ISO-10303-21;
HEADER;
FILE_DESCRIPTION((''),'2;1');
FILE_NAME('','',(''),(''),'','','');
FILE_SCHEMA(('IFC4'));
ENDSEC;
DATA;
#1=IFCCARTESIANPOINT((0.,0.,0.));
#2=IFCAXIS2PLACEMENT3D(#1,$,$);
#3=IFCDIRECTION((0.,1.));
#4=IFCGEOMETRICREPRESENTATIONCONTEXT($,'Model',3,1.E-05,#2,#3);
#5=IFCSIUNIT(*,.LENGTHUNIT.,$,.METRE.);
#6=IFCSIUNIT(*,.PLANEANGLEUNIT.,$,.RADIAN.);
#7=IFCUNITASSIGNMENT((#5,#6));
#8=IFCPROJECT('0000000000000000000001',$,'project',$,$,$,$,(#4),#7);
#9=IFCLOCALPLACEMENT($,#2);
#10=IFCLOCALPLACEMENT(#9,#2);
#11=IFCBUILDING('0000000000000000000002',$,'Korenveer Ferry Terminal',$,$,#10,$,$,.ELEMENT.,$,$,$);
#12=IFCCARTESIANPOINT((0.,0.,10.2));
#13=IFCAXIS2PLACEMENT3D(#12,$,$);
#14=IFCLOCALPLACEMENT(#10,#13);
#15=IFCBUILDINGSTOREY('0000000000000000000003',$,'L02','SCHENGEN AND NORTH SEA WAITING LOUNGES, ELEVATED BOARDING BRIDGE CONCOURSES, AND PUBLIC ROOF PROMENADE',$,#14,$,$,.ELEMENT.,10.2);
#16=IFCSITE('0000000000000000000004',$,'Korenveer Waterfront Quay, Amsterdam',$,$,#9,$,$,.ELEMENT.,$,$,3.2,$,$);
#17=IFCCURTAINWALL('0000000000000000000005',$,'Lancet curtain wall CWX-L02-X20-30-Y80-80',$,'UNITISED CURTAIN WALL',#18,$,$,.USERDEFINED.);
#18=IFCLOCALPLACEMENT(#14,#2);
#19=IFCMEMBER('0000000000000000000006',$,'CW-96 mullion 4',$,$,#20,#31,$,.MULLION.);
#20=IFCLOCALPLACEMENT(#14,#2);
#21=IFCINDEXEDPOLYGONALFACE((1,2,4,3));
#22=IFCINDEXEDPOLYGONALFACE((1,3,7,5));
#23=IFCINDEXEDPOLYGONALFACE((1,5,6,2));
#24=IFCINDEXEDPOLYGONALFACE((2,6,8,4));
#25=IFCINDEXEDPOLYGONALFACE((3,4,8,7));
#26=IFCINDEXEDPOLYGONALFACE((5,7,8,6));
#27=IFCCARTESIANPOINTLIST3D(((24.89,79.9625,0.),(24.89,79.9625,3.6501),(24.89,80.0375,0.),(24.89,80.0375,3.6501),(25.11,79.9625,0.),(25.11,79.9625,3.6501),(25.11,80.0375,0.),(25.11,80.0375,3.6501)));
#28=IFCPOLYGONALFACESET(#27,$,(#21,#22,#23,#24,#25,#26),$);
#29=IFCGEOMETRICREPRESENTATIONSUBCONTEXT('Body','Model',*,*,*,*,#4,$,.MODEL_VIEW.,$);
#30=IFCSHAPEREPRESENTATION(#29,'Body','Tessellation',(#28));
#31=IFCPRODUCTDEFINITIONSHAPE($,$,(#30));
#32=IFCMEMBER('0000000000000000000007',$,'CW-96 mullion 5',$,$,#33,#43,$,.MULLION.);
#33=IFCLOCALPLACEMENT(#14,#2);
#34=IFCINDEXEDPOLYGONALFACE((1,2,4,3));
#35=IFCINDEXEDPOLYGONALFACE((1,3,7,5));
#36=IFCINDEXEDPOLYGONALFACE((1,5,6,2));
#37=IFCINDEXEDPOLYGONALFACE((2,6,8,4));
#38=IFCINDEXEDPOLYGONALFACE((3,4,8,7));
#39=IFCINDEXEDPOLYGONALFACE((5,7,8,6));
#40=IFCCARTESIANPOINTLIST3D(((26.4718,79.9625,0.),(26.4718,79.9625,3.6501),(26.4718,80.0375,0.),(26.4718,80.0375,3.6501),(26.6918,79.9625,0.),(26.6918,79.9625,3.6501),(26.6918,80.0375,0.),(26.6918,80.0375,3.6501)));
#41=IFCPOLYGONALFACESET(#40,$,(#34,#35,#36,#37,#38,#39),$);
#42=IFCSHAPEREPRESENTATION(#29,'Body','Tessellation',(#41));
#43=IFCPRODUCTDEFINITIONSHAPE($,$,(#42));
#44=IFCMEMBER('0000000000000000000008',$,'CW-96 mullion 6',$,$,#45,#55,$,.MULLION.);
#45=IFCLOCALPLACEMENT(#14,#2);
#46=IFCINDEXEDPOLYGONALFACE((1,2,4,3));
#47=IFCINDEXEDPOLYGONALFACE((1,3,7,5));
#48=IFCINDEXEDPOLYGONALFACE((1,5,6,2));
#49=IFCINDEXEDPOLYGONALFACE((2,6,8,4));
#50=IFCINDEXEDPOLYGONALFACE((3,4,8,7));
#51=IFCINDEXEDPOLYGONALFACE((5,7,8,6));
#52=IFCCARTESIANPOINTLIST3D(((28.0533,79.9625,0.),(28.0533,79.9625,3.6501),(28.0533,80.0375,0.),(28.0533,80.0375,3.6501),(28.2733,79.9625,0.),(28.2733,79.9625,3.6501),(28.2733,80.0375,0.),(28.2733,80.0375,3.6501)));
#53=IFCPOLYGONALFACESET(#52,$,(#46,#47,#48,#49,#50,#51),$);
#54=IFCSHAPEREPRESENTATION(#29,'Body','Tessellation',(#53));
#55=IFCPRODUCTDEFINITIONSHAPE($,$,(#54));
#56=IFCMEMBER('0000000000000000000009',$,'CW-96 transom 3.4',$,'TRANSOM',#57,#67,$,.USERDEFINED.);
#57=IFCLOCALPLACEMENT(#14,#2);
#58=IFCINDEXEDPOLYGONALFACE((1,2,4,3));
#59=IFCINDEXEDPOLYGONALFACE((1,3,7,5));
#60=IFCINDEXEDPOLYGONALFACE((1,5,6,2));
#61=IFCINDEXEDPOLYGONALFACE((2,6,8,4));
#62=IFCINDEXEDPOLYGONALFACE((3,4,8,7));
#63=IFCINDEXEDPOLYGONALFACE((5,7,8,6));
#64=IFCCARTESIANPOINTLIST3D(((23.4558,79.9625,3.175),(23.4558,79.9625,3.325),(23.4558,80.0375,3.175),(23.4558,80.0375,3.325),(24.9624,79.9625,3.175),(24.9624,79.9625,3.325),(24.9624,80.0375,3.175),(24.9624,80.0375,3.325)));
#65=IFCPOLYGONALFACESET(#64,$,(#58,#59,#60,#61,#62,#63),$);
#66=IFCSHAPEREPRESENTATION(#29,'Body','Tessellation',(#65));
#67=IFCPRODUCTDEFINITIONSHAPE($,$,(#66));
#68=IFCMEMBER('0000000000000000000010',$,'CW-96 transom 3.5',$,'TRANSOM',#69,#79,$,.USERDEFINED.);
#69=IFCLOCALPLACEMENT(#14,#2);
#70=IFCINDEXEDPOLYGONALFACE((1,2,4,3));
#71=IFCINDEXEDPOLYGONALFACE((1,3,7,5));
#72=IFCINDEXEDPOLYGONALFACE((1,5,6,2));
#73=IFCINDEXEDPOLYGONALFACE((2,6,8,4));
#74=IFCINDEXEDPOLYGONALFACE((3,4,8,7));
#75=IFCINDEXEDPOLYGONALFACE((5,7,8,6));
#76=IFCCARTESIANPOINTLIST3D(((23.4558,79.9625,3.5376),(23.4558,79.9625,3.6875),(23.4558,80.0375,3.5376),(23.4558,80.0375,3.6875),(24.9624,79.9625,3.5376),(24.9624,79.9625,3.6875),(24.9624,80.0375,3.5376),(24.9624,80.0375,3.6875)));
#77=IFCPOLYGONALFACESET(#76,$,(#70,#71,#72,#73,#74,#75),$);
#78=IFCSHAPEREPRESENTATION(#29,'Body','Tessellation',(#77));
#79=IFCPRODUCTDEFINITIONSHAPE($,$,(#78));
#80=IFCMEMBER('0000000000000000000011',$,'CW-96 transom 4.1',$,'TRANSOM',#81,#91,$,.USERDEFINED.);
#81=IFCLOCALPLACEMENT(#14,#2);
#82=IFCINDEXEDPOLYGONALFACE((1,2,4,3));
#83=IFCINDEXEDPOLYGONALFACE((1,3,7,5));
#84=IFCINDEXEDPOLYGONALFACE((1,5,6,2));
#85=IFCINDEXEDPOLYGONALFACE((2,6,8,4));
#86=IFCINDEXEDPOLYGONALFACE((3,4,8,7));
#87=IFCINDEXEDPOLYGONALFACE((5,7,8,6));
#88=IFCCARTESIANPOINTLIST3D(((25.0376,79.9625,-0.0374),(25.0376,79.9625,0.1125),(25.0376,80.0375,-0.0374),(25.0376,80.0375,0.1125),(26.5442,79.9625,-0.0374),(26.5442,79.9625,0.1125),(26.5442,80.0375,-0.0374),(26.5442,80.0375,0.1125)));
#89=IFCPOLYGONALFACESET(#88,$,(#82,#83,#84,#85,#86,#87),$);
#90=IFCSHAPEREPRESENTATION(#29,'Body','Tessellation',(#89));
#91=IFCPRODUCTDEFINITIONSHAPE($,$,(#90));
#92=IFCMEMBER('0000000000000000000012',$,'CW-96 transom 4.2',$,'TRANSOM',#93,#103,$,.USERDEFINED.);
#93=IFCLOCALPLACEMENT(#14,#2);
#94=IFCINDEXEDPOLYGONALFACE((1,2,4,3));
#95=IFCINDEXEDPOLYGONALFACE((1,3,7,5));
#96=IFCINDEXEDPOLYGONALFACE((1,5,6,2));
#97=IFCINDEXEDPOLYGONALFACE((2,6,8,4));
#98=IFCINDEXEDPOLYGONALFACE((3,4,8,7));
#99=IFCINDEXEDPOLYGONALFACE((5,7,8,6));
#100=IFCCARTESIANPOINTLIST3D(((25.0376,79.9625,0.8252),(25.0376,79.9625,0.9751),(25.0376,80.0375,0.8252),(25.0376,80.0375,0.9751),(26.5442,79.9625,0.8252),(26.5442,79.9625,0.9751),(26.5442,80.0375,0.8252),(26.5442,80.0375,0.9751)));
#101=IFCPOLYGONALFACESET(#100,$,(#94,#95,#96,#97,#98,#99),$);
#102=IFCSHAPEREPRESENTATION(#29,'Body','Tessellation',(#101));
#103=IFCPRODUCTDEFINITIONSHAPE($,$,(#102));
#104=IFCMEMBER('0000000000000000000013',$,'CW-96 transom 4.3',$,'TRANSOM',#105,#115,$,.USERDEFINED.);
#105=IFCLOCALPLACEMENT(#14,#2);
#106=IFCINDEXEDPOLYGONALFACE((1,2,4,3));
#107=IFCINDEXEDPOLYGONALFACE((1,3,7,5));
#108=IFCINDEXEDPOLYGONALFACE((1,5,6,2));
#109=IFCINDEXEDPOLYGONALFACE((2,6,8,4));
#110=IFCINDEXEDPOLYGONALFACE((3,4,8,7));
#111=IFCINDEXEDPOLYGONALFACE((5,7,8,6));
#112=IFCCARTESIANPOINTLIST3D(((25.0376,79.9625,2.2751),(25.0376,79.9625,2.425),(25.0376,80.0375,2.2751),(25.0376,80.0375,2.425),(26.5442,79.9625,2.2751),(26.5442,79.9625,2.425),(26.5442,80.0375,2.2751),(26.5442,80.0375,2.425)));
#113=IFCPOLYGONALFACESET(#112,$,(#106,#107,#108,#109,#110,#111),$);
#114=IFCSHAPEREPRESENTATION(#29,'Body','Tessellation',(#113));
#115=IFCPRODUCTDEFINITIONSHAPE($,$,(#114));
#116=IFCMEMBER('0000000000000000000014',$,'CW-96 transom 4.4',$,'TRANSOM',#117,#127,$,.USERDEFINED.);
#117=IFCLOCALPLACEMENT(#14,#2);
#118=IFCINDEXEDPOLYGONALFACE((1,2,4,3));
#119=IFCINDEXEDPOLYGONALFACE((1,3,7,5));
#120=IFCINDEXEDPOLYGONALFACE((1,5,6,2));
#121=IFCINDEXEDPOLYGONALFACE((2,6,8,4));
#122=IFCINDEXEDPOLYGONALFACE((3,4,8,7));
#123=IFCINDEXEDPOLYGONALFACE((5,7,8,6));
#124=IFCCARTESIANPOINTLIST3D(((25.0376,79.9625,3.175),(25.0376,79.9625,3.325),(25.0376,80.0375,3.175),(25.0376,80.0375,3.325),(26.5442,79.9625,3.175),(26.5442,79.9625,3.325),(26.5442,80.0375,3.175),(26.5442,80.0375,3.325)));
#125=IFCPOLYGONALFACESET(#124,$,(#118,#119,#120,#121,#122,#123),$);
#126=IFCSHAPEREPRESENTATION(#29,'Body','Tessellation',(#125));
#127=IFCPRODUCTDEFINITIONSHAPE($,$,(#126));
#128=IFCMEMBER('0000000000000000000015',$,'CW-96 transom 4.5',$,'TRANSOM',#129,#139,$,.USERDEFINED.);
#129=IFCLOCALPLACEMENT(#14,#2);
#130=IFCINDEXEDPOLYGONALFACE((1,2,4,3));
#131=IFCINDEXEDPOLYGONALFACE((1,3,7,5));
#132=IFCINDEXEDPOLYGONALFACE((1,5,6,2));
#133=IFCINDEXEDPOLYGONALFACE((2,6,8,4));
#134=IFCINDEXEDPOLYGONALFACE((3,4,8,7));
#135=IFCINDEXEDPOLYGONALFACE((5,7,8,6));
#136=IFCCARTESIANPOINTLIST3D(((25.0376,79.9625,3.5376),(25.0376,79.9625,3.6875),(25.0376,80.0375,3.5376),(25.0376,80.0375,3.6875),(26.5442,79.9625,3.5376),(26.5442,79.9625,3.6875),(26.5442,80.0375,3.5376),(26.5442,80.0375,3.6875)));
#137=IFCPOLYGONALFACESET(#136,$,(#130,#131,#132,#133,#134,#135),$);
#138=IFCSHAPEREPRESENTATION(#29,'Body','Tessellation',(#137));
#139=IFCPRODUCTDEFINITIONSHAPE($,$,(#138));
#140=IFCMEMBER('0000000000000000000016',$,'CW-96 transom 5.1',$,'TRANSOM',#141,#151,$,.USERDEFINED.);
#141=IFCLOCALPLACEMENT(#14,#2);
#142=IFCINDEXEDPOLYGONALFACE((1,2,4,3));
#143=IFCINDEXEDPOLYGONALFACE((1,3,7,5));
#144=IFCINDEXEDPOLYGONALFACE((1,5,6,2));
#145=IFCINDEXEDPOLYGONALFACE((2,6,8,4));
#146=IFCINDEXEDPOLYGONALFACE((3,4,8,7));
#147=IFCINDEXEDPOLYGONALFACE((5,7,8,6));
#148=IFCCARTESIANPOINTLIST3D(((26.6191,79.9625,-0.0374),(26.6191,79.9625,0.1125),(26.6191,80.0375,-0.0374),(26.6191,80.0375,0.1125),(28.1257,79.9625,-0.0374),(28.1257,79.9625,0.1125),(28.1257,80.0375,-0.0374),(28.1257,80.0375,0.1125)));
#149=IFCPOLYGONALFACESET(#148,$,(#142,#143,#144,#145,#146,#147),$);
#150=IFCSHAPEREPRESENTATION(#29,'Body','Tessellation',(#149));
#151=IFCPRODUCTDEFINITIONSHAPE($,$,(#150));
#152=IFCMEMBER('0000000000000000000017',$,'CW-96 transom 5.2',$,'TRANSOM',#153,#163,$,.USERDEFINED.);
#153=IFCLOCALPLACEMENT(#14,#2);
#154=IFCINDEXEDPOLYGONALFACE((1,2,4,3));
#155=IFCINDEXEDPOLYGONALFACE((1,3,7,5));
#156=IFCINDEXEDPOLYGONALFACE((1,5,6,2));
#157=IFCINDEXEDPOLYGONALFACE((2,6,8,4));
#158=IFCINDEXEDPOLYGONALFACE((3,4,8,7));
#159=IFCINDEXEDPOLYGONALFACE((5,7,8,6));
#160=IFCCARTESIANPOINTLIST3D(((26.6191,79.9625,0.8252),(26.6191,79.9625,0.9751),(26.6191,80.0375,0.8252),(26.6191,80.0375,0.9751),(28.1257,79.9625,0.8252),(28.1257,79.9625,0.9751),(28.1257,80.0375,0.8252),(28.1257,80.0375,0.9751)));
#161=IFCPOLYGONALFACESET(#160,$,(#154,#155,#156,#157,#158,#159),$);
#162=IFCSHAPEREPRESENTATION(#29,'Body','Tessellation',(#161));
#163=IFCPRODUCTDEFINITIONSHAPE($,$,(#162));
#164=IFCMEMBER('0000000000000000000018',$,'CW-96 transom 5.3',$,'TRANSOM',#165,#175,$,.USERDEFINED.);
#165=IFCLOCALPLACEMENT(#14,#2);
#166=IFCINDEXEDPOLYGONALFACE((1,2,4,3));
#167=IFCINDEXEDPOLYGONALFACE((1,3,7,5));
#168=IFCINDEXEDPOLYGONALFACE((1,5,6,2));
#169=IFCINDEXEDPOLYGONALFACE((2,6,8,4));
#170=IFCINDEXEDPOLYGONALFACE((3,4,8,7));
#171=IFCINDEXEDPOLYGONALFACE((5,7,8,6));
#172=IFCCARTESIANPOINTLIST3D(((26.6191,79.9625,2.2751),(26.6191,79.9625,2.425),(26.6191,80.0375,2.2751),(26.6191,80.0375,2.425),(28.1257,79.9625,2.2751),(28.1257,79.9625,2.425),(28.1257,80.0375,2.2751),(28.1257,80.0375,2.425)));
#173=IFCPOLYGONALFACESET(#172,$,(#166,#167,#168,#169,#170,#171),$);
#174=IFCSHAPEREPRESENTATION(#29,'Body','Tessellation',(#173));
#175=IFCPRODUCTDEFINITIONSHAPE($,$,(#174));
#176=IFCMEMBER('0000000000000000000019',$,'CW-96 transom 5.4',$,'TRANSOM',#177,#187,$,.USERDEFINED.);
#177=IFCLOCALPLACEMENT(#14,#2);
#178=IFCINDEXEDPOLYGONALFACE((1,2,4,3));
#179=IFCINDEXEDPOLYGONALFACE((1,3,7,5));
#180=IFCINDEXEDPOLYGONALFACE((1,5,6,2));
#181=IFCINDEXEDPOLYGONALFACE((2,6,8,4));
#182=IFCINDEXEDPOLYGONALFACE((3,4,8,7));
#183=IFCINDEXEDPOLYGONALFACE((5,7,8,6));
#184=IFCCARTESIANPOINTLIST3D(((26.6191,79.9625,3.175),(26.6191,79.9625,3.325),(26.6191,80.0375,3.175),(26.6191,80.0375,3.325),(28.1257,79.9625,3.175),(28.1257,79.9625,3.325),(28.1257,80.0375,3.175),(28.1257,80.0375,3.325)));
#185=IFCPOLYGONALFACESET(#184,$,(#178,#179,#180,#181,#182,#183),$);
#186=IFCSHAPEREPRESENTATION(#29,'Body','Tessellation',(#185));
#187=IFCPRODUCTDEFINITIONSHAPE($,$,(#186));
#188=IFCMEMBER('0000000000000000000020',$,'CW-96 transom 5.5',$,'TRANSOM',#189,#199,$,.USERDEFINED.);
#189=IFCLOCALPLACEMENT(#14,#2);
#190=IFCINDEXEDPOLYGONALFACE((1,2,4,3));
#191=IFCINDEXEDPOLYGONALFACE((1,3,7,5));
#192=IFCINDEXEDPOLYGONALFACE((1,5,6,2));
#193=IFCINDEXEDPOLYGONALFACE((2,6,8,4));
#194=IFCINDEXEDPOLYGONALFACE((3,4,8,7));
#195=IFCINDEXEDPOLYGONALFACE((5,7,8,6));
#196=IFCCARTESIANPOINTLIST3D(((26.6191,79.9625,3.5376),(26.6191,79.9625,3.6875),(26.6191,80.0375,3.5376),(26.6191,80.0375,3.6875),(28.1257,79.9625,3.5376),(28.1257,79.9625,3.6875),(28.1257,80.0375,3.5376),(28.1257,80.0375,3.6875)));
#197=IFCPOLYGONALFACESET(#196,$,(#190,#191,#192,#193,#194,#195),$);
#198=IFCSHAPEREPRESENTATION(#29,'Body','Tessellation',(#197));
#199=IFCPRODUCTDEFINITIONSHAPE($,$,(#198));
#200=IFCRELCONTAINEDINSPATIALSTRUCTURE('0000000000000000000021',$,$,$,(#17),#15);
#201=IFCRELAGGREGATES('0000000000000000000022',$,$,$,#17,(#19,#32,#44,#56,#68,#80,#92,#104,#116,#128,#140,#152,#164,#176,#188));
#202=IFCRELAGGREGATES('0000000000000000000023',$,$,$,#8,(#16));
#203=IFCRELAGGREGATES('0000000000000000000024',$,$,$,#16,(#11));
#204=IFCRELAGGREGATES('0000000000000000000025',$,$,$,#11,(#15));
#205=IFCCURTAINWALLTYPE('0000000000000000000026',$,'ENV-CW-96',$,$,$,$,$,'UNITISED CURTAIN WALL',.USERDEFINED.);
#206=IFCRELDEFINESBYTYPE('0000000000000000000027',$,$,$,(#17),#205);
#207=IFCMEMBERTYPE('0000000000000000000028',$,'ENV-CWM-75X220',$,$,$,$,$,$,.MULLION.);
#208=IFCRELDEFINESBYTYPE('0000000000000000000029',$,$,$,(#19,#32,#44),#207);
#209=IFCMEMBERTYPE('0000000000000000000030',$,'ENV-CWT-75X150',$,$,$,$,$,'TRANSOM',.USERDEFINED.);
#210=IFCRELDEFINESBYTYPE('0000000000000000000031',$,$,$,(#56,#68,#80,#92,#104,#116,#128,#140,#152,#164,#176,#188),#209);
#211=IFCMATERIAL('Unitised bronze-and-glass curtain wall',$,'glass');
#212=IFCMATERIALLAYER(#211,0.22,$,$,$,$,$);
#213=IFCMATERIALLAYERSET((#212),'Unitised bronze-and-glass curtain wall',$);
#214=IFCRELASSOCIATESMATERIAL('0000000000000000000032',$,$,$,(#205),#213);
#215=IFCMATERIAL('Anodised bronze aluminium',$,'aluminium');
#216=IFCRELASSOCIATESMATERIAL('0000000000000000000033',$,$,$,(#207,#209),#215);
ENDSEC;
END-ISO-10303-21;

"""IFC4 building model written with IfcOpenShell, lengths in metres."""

from ifc_helpers import new_model, si_unit, direction, frame, origin, origin_2d, place, context, subcontext, project, spatial, rectangle, extrude, material, layer, layer_set, material_profile, profile_set, type_object, element, aggregate, save


model = new_model("IFC4")

# Units and contexts
model_context = context("Model", 3, precision=1e-05, world=origin(), true_north=direction((0.0, 1.0)))
body_context = subcontext(model_context, "Body", "Model", "MODEL_VIEW")
ifc_project = project(units=[si_unit("LENGTHUNIT", "METRE"), si_unit("PLANEANGLEUNIT", "RADIAN")], contexts=[model_context])

# Site, building, storey
site_placement = place(None, origin())
site = spatial("IfcSite", under=ifc_project, at=site_placement, Name="Korenveer Waterfront Quay, Amsterdam", CompositionType="ELEMENT", RefElevation=3.2)
building_placement = place(site_placement, origin())
building = spatial("IfcBuilding", under=site, at=building_placement, Name="Korenveer Ferry Terminal", CompositionType="ELEMENT")
storey_placement = place(building_placement, frame((0.0, 0.0, 10.2)))
storey = spatial("IfcBuildingStorey", under=building, at=storey_placement, Name="L02", Description="SCHENGEN AND NORTH SEA WAITING LOUNGES, ELEVATED BOARDING BRIDGE CONCOURSES, AND PUBLIC ROOF PROMENADE", CompositionType="ELEMENT", Elevation=10.2)

# Curtain wall, members
ifc_material_1 = material(Name="Unitised bronze-and-glass curtain wall", Category="glass")
ifc_layer_1 = layer(ifc_material_1, 0.22)
ifc_layer_set_1 = layer_set([ifc_layer_1], Name="Unitised bronze-and-glass curtain wall")
curtain_wall_type = type_object("IfcCurtainWallType", Name="ENV-CW-96", ElementType="UNITISED CURTAIN WALL", PredefinedType="USERDEFINED", material=ifc_layer_set_1)
curtain_wall_placement = place(storey_placement, frame((20.2549, 80.0, 0.0)))
curtain_wall = element("IfcCurtainWall", 1, at=curtain_wall_placement, inside=storey, type_object=curtain_wall_type, Name="Lancet curtain wall CWX-L02-X20-30-Y80-80", ObjectType="UNITISED CURTAIN WALL", PredefinedType="USERDEFINED")
ifc_material_2 = material(Name="Anodised bronze aluminium", Category="aluminium")
ifc_material_profile_1 = material_profile(ifc_material_2, rectangle(XDim=0.075, YDim=0.22, at=origin_2d()), Name="ALU 75x220")
ifc_profile_set_1 = profile_set([ifc_material_profile_1], Name="Anodised bronze aluminium")
member_type_1 = type_object("IfcMemberType", Name="ENV-CWM-75X220", PredefinedType="MULLION", material=ifc_profile_set_1)
member_1_placement = place(storey_placement, frame((25.0, 80.0, 0.0), z_axis=(0.0, 0.0, 1.0), x_axis=(0.0, 1.0, 0.0)))
member_1 = element("IfcMember", 2, at=member_1_placement, type_object=member_type_1, Name="CW-96 mullion 4", PredefinedType="MULLION", context=body_context, shape_type="SweptSolid", body=[
    extrude(rectangle(XDim=0.075, YDim=0.22, at=origin_2d()), origin(), (0.0, 0.0, 1.0), 3.6501),
])
member_2_placement = place(storey_placement, frame((26.5818, 80.0, 0.0), z_axis=(0.0, 0.0, 1.0), x_axis=(0.0, 1.0, 0.0)))
member_2 = element("IfcMember", 3, at=member_2_placement, type_object=member_type_1, Name="CW-96 mullion 5", PredefinedType="MULLION", context=body_context, shape_type="SweptSolid", body=[
    extrude(rectangle(XDim=0.075, YDim=0.22, at=origin_2d()), origin(), (0.0, 0.0, 1.0), 3.6501),
])
member_3_placement = place(storey_placement, frame((28.1633, 80.0, 0.0), z_axis=(0.0, 0.0, 1.0), x_axis=(0.0, 1.0, 0.0)))
member_3 = element("IfcMember", 4, at=member_3_placement, type_object=member_type_1, Name="CW-96 mullion 6", PredefinedType="MULLION", context=body_context, shape_type="SweptSolid", body=[
    extrude(rectangle(XDim=0.075, YDim=0.22, at=origin_2d()), origin(), (0.0, 0.0, 1.0), 3.6501),
])
ifc_material_profile_2 = material_profile(ifc_material_2, rectangle(XDim=0.075, YDim=0.1499, at=origin_2d()), Name="ALU 75x150")
ifc_profile_set_2 = profile_set([ifc_material_profile_2], Name="Anodised bronze aluminium")
member_type_2 = type_object("IfcMemberType", Name="ENV-CWT-75X150", ElementType="TRANSOM", PredefinedType="USERDEFINED", material=ifc_profile_set_2)
member_4_placement = place(storey_placement, frame((23.4558, 80.0, 3.25), z_axis=(1.0, 0.0, 0.0), x_axis=(0.0, 1.0, 0.0)))
member_4 = element("IfcMember", 5, at=member_4_placement, type_object=member_type_2, Name="CW-96 transom 3.4", ObjectType="TRANSOM", PredefinedType="USERDEFINED", context=body_context, shape_type="SweptSolid", body=[
    extrude(rectangle(XDim=0.075, YDim=0.1499, at=origin_2d()), origin(), (0.0, 0.0, 1.0), 1.5066),
])
member_5_placement = place(storey_placement, frame((23.4558, 80.0, 3.6125), z_axis=(1.0, 0.0, 0.0), x_axis=(0.0, 1.0, 0.0)))
member_5 = element("IfcMember", 6, at=member_5_placement, type_object=member_type_2, Name="CW-96 transom 3.5", ObjectType="TRANSOM", PredefinedType="USERDEFINED", context=body_context, shape_type="SweptSolid", body=[
    extrude(rectangle(XDim=0.075, YDim=0.1499, at=origin_2d()), origin(), (0.0, 0.0, 1.0), 1.5066),
])
member_6_placement = place(storey_placement, frame((25.0376, 80.0, 0.0376), z_axis=(1.0, 0.0, 0.0), x_axis=(0.0, 1.0, 0.0)))
member_6 = element("IfcMember", 7, at=member_6_placement, type_object=member_type_2, Name="CW-96 transom 4.1", ObjectType="TRANSOM", PredefinedType="USERDEFINED", context=body_context, shape_type="SweptSolid", body=[
    extrude(rectangle(XDim=0.075, YDim=0.1499, at=origin_2d()), origin(), (0.0, 0.0, 1.0), 1.5066),
])
member_7_placement = place(storey_placement, frame((25.0376, 80.0, 0.9001), z_axis=(1.0, 0.0, 0.0), x_axis=(0.0, 1.0, 0.0)))
member_7 = element("IfcMember", 8, at=member_7_placement, type_object=member_type_2, Name="CW-96 transom 4.2", ObjectType="TRANSOM", PredefinedType="USERDEFINED", context=body_context, shape_type="SweptSolid", body=[
    extrude(rectangle(XDim=0.075, YDim=0.1499, at=origin_2d()), origin(), (0.0, 0.0, 1.0), 1.5066),
])
member_8_placement = place(storey_placement, frame((25.0376, 80.0, 2.3501), z_axis=(1.0, 0.0, 0.0), x_axis=(0.0, 1.0, 0.0)))
member_8 = element("IfcMember", 9, at=member_8_placement, type_object=member_type_2, Name="CW-96 transom 4.3", ObjectType="TRANSOM", PredefinedType="USERDEFINED", context=body_context, shape_type="SweptSolid", body=[
    extrude(rectangle(XDim=0.075, YDim=0.1499, at=origin_2d()), origin(), (0.0, 0.0, 1.0), 1.5066),
])
member_9_placement = place(storey_placement, frame((25.0376, 80.0, 3.25), z_axis=(1.0, 0.0, 0.0), x_axis=(0.0, 1.0, 0.0)))
member_9 = element("IfcMember", 10, at=member_9_placement, type_object=member_type_2, Name="CW-96 transom 4.4", ObjectType="TRANSOM", PredefinedType="USERDEFINED", context=body_context, shape_type="SweptSolid", body=[
    extrude(rectangle(XDim=0.075, YDim=0.1499, at=origin_2d()), origin(), (0.0, 0.0, 1.0), 1.5066),
])
member_10_placement = place(storey_placement, frame((25.0376, 80.0, 3.6125), z_axis=(1.0, 0.0, 0.0), x_axis=(0.0, 1.0, 0.0)))
member_10 = element("IfcMember", 11, at=member_10_placement, type_object=member_type_2, Name="CW-96 transom 4.5", ObjectType="TRANSOM", PredefinedType="USERDEFINED", context=body_context, shape_type="SweptSolid", body=[
    extrude(rectangle(XDim=0.075, YDim=0.1499, at=origin_2d()), origin(), (0.0, 0.0, 1.0), 1.5066),
])
member_11_placement = place(storey_placement, frame((26.6191, 80.0, 0.0376), z_axis=(1.0, 0.0, 0.0), x_axis=(0.0, 1.0, 0.0)))
member_11 = element("IfcMember", 12, at=member_11_placement, type_object=member_type_2, Name="CW-96 transom 5.1", ObjectType="TRANSOM", PredefinedType="USERDEFINED", context=body_context, shape_type="SweptSolid", body=[
    extrude(rectangle(XDim=0.075, YDim=0.1499, at=origin_2d()), origin(), (0.0, 0.0, 1.0), 1.5066),
])
member_12_placement = place(storey_placement, frame((26.6191, 80.0, 0.9001), z_axis=(1.0, 0.0, 0.0), x_axis=(0.0, 1.0, 0.0)))
member_12 = element("IfcMember", 13, at=member_12_placement, type_object=member_type_2, Name="CW-96 transom 5.2", ObjectType="TRANSOM", PredefinedType="USERDEFINED", context=body_context, shape_type="SweptSolid", body=[
    extrude(rectangle(XDim=0.075, YDim=0.1499, at=origin_2d()), origin(), (0.0, 0.0, 1.0), 1.5066),
])
member_13_placement = place(storey_placement, frame((26.6191, 80.0, 2.3501), z_axis=(1.0, 0.0, 0.0), x_axis=(0.0, 1.0, 0.0)))
member_13 = element("IfcMember", 14, at=member_13_placement, type_object=member_type_2, Name="CW-96 transom 5.3", ObjectType="TRANSOM", PredefinedType="USERDEFINED", context=body_context, shape_type="SweptSolid", body=[
    extrude(rectangle(XDim=0.075, YDim=0.1499, at=origin_2d()), origin(), (0.0, 0.0, 1.0), 1.5066),
])
member_14_placement = place(storey_placement, frame((26.6191, 80.0, 3.25), z_axis=(1.0, 0.0, 0.0), x_axis=(0.0, 1.0, 0.0)))
member_14 = element("IfcMember", 15, at=member_14_placement, type_object=member_type_2, Name="CW-96 transom 5.4", ObjectType="TRANSOM", PredefinedType="USERDEFINED", context=body_context, shape_type="SweptSolid", body=[
    extrude(rectangle(XDim=0.075, YDim=0.1499, at=origin_2d()), origin(), (0.0, 0.0, 1.0), 1.5066),
])
member_15_placement = place(storey_placement, frame((26.6191, 80.0, 3.6125), z_axis=(1.0, 0.0, 0.0), x_axis=(0.0, 1.0, 0.0)))
member_15 = element("IfcMember", 16, at=member_15_placement, type_object=member_type_2, Name="CW-96 transom 5.5", ObjectType="TRANSOM", PredefinedType="USERDEFINED", context=body_context, shape_type="SweptSolid", body=[
    extrude(rectangle(XDim=0.075, YDim=0.1499, at=origin_2d()), origin(), (0.0, 0.0, 1.0), 1.5066),
])
aggregate(curtain_wall, [member_1, member_2, member_3, member_4, member_5, member_6, member_7, member_8, member_9, member_10, member_11, member_12, member_13, member_14, member_15])

save(model, "model.ifc")
